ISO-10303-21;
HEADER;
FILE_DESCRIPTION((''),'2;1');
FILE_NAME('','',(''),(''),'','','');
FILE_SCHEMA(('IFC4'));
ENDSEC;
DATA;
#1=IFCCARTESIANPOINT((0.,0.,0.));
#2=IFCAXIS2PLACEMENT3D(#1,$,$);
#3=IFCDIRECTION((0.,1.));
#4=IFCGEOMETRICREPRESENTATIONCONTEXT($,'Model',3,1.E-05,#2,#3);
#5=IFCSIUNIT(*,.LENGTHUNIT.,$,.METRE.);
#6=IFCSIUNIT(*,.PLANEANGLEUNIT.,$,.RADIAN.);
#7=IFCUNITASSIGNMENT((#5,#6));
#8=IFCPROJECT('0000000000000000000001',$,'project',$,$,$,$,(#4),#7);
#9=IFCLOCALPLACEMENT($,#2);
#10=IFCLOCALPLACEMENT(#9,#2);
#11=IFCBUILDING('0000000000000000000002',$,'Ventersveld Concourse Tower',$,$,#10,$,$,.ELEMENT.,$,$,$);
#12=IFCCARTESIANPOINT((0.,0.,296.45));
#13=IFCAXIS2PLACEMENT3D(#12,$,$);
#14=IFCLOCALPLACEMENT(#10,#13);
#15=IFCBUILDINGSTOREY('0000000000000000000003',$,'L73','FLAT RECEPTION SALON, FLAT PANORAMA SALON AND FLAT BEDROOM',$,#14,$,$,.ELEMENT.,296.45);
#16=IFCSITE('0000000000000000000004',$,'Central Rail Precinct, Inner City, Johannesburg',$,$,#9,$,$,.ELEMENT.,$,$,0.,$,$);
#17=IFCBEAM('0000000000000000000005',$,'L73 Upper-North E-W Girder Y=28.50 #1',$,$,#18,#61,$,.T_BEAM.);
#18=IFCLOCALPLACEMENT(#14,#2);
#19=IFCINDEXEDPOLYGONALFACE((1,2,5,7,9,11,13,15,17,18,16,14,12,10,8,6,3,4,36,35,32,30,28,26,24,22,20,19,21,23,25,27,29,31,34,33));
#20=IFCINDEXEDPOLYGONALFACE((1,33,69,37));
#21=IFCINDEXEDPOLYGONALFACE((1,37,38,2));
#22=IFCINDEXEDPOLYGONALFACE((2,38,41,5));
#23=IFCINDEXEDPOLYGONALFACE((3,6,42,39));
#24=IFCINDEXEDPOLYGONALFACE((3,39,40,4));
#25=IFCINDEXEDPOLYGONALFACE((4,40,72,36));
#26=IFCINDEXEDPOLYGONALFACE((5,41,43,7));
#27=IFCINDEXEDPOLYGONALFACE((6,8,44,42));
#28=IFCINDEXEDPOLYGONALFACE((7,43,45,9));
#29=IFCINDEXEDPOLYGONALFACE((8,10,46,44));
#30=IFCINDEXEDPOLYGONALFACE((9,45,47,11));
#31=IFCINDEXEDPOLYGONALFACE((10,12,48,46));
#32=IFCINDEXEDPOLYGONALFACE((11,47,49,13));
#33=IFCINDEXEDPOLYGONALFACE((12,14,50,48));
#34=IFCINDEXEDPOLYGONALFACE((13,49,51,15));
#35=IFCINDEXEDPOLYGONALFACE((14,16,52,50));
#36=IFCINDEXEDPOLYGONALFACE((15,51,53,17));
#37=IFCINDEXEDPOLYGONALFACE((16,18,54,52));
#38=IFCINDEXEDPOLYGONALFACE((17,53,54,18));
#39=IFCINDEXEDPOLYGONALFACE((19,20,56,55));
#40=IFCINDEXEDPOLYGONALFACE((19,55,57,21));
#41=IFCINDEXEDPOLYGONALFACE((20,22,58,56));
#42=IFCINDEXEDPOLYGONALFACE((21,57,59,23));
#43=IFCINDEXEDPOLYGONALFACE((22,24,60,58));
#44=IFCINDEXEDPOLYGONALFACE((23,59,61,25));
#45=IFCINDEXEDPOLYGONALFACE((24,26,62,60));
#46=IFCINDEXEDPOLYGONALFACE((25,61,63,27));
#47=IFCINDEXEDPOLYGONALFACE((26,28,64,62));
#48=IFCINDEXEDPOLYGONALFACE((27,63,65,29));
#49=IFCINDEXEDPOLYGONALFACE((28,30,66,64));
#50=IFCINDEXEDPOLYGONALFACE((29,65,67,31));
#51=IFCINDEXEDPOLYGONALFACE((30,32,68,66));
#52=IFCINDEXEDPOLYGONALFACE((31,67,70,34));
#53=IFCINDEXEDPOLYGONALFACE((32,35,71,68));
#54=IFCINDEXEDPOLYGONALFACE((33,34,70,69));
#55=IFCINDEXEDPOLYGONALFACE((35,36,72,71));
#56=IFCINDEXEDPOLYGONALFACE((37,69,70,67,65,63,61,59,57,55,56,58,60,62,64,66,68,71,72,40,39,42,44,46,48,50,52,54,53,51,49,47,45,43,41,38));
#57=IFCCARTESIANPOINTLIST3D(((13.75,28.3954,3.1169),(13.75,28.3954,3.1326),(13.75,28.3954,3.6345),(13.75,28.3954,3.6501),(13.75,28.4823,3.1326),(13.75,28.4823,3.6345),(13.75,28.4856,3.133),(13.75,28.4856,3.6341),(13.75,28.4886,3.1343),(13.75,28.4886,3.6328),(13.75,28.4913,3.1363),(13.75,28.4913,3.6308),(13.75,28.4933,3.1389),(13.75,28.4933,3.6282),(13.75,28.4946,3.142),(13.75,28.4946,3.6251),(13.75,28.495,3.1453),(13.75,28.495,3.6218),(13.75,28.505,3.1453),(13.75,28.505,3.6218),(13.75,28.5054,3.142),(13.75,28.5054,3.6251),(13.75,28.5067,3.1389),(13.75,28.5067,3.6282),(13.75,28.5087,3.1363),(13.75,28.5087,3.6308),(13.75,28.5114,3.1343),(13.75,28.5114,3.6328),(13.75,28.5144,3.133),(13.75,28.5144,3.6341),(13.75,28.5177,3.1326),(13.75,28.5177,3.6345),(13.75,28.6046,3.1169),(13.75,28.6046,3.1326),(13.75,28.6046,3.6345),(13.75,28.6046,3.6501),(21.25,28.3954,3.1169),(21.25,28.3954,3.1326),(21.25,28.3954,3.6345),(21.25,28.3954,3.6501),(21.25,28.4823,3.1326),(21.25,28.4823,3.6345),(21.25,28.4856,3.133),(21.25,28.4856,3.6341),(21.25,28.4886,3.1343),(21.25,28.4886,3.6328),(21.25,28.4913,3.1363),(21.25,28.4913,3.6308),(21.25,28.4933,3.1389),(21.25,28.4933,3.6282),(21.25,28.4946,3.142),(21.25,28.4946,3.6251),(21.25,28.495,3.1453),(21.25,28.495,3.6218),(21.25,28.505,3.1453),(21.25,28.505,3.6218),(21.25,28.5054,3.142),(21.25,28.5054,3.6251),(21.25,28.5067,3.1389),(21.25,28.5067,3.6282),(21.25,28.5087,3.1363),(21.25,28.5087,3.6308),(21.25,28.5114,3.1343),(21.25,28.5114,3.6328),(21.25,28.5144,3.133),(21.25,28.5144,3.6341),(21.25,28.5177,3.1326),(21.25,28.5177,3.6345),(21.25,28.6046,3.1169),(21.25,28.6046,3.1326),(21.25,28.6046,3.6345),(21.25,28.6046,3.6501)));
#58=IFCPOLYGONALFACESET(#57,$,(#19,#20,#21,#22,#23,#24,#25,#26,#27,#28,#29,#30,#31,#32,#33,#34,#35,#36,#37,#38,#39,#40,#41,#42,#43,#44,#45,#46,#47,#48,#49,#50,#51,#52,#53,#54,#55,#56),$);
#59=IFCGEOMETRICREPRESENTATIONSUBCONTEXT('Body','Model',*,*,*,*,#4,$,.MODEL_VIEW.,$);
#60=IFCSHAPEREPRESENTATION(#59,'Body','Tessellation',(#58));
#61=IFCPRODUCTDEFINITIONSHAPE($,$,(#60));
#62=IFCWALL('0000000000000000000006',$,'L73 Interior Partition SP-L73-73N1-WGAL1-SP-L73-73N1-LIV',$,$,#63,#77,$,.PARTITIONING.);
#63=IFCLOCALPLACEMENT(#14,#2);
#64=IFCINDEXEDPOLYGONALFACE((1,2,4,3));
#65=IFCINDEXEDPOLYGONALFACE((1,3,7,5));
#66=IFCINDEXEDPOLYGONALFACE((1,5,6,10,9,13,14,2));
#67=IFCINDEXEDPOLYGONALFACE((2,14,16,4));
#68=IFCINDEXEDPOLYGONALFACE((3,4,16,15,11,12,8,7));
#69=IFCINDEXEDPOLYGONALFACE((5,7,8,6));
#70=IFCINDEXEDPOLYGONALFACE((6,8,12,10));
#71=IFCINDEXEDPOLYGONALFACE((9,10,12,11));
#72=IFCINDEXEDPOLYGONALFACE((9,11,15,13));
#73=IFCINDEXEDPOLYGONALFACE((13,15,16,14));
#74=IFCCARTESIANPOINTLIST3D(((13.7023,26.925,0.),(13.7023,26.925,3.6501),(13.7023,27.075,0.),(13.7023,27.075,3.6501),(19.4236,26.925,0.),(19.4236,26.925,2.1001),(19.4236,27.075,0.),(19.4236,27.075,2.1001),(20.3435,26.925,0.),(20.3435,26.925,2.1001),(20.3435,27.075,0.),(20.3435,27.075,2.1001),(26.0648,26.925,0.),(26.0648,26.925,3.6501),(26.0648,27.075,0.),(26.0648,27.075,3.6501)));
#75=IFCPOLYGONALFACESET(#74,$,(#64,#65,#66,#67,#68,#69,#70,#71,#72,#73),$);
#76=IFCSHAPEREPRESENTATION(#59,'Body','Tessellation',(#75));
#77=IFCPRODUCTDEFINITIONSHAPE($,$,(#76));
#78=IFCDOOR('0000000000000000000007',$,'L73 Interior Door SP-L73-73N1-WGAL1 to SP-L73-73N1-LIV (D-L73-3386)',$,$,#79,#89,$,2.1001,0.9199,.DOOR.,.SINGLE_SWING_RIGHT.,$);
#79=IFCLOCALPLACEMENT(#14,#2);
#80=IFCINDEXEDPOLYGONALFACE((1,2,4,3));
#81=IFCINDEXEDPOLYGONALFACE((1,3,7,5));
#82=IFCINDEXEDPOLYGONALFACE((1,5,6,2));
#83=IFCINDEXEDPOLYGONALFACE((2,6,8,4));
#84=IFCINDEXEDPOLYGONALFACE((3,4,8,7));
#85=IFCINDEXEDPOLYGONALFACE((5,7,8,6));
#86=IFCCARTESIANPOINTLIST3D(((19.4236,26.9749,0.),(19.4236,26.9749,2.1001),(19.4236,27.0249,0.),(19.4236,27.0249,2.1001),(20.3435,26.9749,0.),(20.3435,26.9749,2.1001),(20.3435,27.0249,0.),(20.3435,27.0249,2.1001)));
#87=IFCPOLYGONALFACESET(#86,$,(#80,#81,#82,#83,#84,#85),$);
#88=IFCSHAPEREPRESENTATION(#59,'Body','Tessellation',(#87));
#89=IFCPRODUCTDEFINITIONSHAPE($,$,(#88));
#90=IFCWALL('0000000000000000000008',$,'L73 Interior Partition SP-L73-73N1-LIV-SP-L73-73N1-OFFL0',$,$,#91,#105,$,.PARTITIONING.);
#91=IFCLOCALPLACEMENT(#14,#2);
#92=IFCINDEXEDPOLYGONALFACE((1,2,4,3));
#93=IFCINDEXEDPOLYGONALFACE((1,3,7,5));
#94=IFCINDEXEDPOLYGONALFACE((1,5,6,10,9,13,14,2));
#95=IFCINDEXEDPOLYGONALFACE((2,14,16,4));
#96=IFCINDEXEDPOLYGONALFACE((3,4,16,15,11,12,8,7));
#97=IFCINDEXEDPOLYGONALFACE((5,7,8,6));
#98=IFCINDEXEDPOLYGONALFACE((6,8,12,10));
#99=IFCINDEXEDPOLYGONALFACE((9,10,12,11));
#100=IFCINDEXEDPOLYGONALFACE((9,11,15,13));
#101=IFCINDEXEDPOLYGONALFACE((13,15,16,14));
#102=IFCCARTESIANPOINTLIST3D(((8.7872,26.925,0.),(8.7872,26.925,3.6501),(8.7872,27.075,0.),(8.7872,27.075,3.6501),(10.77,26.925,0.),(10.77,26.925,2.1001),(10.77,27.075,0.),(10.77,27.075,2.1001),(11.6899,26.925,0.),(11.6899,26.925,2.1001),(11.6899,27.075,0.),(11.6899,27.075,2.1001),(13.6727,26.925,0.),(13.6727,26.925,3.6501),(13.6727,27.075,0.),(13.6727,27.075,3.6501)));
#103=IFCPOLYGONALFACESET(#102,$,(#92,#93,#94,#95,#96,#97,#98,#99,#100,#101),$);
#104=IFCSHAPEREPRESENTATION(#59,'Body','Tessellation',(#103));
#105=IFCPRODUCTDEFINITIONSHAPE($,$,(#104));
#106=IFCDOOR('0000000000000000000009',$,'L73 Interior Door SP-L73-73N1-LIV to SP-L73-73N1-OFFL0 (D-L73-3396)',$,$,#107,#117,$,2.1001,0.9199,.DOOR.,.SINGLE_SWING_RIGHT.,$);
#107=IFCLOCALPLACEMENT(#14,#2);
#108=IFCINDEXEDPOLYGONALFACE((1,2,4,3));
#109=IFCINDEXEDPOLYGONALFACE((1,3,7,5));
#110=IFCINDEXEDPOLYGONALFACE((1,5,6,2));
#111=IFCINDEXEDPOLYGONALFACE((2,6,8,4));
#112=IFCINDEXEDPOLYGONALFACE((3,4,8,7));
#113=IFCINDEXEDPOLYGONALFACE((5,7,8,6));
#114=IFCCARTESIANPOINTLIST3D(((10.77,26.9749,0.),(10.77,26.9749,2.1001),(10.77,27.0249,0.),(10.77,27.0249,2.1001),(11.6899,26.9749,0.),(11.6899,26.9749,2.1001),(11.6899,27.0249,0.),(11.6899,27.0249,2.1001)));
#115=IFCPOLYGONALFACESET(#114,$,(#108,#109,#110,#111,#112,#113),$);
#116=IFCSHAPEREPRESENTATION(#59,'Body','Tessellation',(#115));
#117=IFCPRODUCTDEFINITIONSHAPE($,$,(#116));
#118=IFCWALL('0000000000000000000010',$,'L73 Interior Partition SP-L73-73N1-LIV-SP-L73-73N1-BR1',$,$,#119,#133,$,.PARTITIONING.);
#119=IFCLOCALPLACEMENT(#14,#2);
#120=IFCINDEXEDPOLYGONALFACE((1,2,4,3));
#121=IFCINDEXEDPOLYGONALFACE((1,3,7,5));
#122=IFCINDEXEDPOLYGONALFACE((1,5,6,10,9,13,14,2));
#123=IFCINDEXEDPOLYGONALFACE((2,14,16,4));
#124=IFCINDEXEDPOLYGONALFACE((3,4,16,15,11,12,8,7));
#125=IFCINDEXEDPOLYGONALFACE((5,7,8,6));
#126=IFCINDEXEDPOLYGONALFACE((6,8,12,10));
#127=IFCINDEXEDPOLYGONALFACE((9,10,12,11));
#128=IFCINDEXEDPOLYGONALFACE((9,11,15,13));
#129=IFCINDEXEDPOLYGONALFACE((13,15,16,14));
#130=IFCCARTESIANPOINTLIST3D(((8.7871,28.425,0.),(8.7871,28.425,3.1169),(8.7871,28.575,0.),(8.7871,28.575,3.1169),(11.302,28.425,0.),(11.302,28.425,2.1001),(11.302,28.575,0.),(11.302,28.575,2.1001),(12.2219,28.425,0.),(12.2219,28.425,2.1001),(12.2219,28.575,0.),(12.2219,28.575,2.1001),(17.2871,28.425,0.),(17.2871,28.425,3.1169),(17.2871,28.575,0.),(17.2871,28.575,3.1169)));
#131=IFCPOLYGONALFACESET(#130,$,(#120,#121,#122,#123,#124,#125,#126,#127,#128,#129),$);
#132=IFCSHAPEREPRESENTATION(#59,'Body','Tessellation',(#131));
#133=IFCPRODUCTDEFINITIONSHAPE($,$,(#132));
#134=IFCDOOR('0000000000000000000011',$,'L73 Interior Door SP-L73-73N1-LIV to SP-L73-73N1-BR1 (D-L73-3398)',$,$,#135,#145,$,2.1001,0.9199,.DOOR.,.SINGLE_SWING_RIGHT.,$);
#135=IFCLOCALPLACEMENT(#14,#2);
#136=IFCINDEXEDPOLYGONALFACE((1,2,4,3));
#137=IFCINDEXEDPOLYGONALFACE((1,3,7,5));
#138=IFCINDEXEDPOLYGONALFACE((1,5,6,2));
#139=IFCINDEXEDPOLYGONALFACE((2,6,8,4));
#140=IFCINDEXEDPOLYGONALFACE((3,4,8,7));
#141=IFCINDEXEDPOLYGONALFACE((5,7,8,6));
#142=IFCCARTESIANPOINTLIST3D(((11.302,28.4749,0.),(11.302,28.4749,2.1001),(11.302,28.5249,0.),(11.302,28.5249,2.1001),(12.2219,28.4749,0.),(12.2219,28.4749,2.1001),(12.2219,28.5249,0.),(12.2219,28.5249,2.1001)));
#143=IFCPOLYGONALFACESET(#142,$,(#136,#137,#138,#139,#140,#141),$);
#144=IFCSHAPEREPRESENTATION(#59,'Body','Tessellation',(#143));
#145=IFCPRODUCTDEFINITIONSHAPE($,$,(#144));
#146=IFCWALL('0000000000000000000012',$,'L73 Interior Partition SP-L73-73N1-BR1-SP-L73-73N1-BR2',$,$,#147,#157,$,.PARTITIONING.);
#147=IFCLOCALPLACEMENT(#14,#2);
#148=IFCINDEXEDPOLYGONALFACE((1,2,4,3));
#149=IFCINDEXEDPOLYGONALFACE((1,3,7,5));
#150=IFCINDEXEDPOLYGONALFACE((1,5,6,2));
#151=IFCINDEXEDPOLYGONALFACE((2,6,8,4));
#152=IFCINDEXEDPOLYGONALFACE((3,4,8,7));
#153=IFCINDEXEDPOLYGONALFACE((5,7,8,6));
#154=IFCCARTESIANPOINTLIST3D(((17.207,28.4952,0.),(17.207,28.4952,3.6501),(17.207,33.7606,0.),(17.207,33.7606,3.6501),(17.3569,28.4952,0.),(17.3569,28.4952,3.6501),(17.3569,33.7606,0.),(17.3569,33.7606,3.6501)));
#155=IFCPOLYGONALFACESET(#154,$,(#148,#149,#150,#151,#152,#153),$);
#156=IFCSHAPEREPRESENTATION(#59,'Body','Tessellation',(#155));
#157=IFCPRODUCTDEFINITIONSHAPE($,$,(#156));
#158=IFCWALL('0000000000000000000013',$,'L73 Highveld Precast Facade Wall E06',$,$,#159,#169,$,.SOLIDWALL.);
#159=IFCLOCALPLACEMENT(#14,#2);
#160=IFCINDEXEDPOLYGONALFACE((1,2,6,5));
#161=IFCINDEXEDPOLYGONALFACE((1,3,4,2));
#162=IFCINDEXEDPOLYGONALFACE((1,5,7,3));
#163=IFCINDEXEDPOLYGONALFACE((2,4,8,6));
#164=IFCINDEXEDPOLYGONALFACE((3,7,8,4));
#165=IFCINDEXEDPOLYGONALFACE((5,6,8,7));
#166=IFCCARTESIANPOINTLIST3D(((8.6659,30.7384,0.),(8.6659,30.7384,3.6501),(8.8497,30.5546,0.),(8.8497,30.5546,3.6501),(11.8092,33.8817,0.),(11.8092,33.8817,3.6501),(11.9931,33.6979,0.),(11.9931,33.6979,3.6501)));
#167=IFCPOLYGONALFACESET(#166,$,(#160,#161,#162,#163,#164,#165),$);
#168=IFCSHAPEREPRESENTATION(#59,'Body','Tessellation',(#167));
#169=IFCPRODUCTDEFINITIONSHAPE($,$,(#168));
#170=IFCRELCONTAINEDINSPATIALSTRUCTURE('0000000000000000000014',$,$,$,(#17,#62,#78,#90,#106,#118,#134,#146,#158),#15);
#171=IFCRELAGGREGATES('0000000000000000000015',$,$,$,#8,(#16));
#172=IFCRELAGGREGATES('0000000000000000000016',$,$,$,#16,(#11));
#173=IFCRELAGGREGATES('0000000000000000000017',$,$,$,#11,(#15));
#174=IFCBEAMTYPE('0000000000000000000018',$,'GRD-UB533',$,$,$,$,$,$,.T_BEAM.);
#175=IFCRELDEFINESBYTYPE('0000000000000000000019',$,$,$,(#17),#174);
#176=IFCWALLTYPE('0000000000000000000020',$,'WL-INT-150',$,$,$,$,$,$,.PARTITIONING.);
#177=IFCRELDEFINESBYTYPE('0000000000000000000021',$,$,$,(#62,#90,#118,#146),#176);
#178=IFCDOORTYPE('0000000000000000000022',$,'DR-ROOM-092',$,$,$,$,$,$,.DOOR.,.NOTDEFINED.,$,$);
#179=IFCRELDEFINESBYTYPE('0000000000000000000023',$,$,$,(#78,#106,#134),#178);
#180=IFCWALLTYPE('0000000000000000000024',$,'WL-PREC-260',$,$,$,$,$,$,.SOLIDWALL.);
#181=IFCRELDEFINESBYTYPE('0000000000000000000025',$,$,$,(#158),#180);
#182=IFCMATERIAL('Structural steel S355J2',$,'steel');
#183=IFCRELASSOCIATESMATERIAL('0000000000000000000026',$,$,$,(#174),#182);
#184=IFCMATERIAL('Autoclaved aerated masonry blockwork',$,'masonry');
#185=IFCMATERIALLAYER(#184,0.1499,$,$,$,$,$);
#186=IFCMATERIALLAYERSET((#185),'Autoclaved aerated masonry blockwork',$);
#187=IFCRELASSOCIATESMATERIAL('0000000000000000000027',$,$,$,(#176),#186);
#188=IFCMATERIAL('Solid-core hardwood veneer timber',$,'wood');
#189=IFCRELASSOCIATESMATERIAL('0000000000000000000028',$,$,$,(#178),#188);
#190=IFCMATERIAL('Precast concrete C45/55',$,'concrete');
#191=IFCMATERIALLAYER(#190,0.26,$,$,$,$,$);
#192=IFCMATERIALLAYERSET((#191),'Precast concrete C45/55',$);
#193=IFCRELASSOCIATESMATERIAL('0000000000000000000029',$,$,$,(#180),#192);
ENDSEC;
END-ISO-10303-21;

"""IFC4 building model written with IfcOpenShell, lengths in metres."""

from ifc_helpers import new_model, si_unit, direction, frame, frame_2d, origin, origin_2d, place, context, subcontext, project, spatial, rectangle, i_section, extrude, material, layer, layer_set, material_profile, profile_set, type_object, element, fill, save


model = new_model("IFC4")

# Units and contexts
model_context = context("Model", 3, precision=1e-05, world=origin(), true_north=direction((0.0, 1.0)))
body_context = subcontext(model_context, "Body", "Model", "MODEL_VIEW")
ifc_project = project(units=[si_unit("LENGTHUNIT", "METRE"), si_unit("PLANEANGLEUNIT", "RADIAN")], contexts=[model_context])

# Site, building, storey
site_placement = place(None, origin())
site = spatial("IfcSite", under=ifc_project, at=site_placement, Name="Central Rail Precinct, Inner City, Johannesburg", CompositionType="ELEMENT", RefElevation=0.0)
building_placement = place(site_placement, origin())
building = spatial("IfcBuilding", under=site, at=building_placement, Name="Ventersveld Concourse Tower", CompositionType="ELEMENT")
storey_placement = place(building_placement, frame((0.0, 0.0, 296.45)))
storey = spatial("IfcBuildingStorey", under=building, at=storey_placement, Name="L73", Description="FLAT RECEPTION SALON, FLAT PANORAMA SALON AND FLAT BEDROOM", CompositionType="ELEMENT", Elevation=296.45)

# Beam
ifc_material_1 = material(Name="Structural steel S355J2", Category="steel")
ifc_material_profile_1 = material_profile(ifc_material_1, i_section(OverallWidth=0.2092, OverallDepth=0.5332, WebThickness=0.01, FlangeThickness=0.0156, FilletRadius=0.0127, at=origin_2d()), Name="UB 533x210x92")
ifc_profile_set_1 = profile_set([ifc_material_profile_1], Name="Structural steel S355J2")
beam_type_1 = type_object("IfcBeamType", Name="GRD-UB533", PredefinedType="T_BEAM", material=ifc_profile_set_1)
for number, where, z_axis, x_axis, name in (
    (1, (13.75, 28.5, 3.3835), (1.0, 0.0, 0.0), (0.0, 1.0, 0.0), "L73 Upper-North E-W Girder Y=28.50 #1"),
):
    element("IfcBeam", number, at=place(storey_placement, frame(where, z_axis=z_axis, x_axis=x_axis)), inside=storey, type_object=beam_type_1, Name=name, PredefinedType="T_BEAM", context=body_context, shape_type="SweptSolid", body=[
        extrude(i_section(OverallWidth=0.2092, OverallDepth=0.5332, WebThickness=0.01, FlangeThickness=0.0156, FilletRadius=0.0127, at=origin_2d()), origin(), (0.0, 0.0, 1.0), 7.5),
    ])

# Walls, openings, doors
ifc_material_2 = material(Name="Autoclaved aerated masonry blockwork", Category="masonry")
ifc_layer_1 = layer(ifc_material_2, 0.1499)
ifc_layer_set_1 = layer_set([ifc_layer_1], Name="Autoclaved aerated masonry blockwork")
wall_type_1 = type_object("IfcWallType", Name="WL-INT-150", PredefinedType="PARTITIONING", material=ifc_layer_set_1)
wall_1_placement = place(storey_placement, frame((13.7024, 27.0, 0.0), z_axis=(0.0, 0.0, 1.0), x_axis=(1.0, 0.0, 0.0)))
wall_1 = element("IfcWall", 2, at=wall_1_placement, inside=storey, type_object=wall_type_1, Name="L73 Interior Partition SP-L73-73N1-WGAL1-SP-L73-73N1-LIV", PredefinedType="PARTITIONING", context=body_context, shape_type="SweptSolid", body=[
    extrude(rectangle(XDim=12.3625, YDim=0.1499, at=frame_2d((6.1812, 0.0))), origin(), (0.0, 0.0, 1.0), 3.6501),
])
opening_1_placement = place(wall_1_placement, frame((5.7212, 0.0, 0.0)))
opening_1 = element("IfcOpeningElement", 3, at=opening_1_placement, cuts=wall_1, PredefinedType="OPENING", context=body_context, shape_type="SweptSolid", body=[
    extrude(rectangle(XDim=0.9199, YDim=2.1001, at=frame_2d((0.46, 1.05))), frame((0.0, 0.085, 0.0), z_axis=(0.0, -1.0, 0.0), x_axis=(1.0, 0.0, 0.0)), (0.0, 0.0, 1.0), 0.1699),
])
ifc_material_3 = material(Name="Solid-core hardwood veneer timber", Category="wood")
door_type = type_object("IfcDoorType", Name="DR-ROOM-092", OperationType="NOTDEFINED", PredefinedType="DOOR", material=ifc_material_3)
door_1_placement = place(opening_1_placement, origin())
door_1 = element("IfcDoor", 4, at=door_1_placement, inside=storey, type_object=door_type, Name="L73 Interior Door SP-L73-73N1-WGAL1 to SP-L73-73N1-LIV (D-L73-3386)", OperationType="SINGLE_SWING_RIGHT", OverallHeight=2.1001, OverallWidth=0.9199, PredefinedType="DOOR", context=body_context, shape_type="SweptSolid", body=[
    extrude(rectangle(XDim=0.9199, YDim=2.1001, at=frame_2d((0.46, 1.05))), frame((0.0, 0.0249, 0.0), z_axis=(0.0, -1.0, 0.0), x_axis=(1.0, 0.0, 0.0)), (0.0, 0.0, 1.0), 0.05),
])
fill(opening_1, door_1)
wall_2_placement = place(storey_placement, frame((8.7871, 27.0, 0.0), z_axis=(0.0, 0.0, 1.0), x_axis=(1.0, 0.0, 0.0)))
wall_2 = element("IfcWall", 5, at=wall_2_placement, inside=storey, type_object=wall_type_1, Name="L73 Interior Partition SP-L73-73N1-LIV-SP-L73-73N1-OFFL0", PredefinedType="PARTITIONING", context=body_context, shape_type="SweptSolid", body=[
    extrude(rectangle(XDim=4.8855, YDim=0.1499, at=frame_2d((2.4429, 0.0))), origin(), (0.0, 0.0, 1.0), 3.6501),
])
opening_2_placement = place(wall_2_placement, frame((1.9829, 0.0, 0.0)))
opening_2 = element("IfcOpeningElement", 6, at=opening_2_placement, cuts=wall_2, PredefinedType="OPENING", context=body_context, shape_type="SweptSolid", body=[
    extrude(rectangle(XDim=0.9199, YDim=2.1001, at=frame_2d((0.46, 1.05))), frame((0.0, 0.085, 0.0), z_axis=(0.0, -1.0, 0.0), x_axis=(1.0, 0.0, 0.0)), (0.0, 0.0, 1.0), 0.1699),
])
door_2_placement = place(opening_2_placement, origin())
door_2 = element("IfcDoor", 7, at=door_2_placement, inside=storey, type_object=door_type, Name="L73 Interior Door SP-L73-73N1-LIV to SP-L73-73N1-OFFL0 (D-L73-3396)", OperationType="SINGLE_SWING_RIGHT", OverallHeight=2.1001, OverallWidth=0.9199, PredefinedType="DOOR", context=body_context, shape_type="SweptSolid", body=[
    extrude(rectangle(XDim=0.9199, YDim=2.1001, at=frame_2d((0.46, 1.05))), frame((0.0, 0.0249, 0.0), z_axis=(0.0, -1.0, 0.0), x_axis=(1.0, 0.0, 0.0)), (0.0, 0.0, 1.0), 0.05),
])
fill(opening_2, door_2)
wall_3_placement = place(storey_placement, frame((8.7871, 28.5, 0.0), z_axis=(0.0, 0.0, 1.0), x_axis=(1.0, 0.0, 0.0)))
wall_3 = element("IfcWall", 8, at=wall_3_placement, inside=storey, type_object=wall_type_1, Name="L73 Interior Partition SP-L73-73N1-LIV-SP-L73-73N1-BR1", PredefinedType="PARTITIONING", context=body_context, shape_type="SweptSolid", body=[
    extrude(rectangle(XDim=8.5, YDim=0.1499, at=frame_2d((4.25, 0.0))), origin(), (0.0, 0.0, 1.0), 3.1169),
])
opening_3_placement = place(wall_3_placement, frame((2.5149, 0.0, 0.0)))
opening_3 = element("IfcOpeningElement", 9, at=opening_3_placement, cuts=wall_3, PredefinedType="OPENING", context=body_context, shape_type="SweptSolid", body=[
    extrude(rectangle(XDim=0.9199, YDim=2.1001, at=frame_2d((0.46, 1.05))), frame((0.0, 0.085, 0.0), z_axis=(0.0, -1.0, 0.0), x_axis=(1.0, 0.0, 0.0)), (0.0, 0.0, 1.0), 0.1699),
])
door_3_placement = place(opening_3_placement, origin())
door_3 = element("IfcDoor", 10, at=door_3_placement, inside=storey, type_object=door_type, Name="L73 Interior Door SP-L73-73N1-LIV to SP-L73-73N1-BR1 (D-L73-3398)", OperationType="SINGLE_SWING_RIGHT", OverallHeight=2.1001, OverallWidth=0.9199, PredefinedType="DOOR", context=body_context, shape_type="SweptSolid", body=[
    extrude(rectangle(XDim=0.9199, YDim=2.1001, at=frame_2d((0.46, 1.05))), frame((0.0, 0.0249, 0.0), z_axis=(0.0, -1.0, 0.0), x_axis=(1.0, 0.0, 0.0)), (0.0, 0.0, 1.0), 0.05),
])
fill(opening_3, door_3)

# Walls
wall_4_placement = place(storey_placement, frame((17.282, 28.4951, 0.0), z_axis=(0.0, 0.0, 1.0), x_axis=(0.0, 1.0, 0.0)))
element("IfcWall", 11, at=wall_4_placement, inside=storey, type_object=wall_type_1, Name="L73 Interior Partition SP-L73-73N1-BR1-SP-L73-73N1-BR2", PredefinedType="PARTITIONING", context=body_context, shape_type="SweptSolid", body=[
    extrude(rectangle(XDim=5.2654, YDim=0.1499, at=frame_2d((2.6328, 0.0))), origin(), (0.0, 0.0, 1.0), 3.6501),
])
ifc_material_4 = material(Name="Precast concrete C45/55", Category="concrete")
ifc_layer_2 = layer(ifc_material_4, 0.26)
ifc_layer_set_2 = layer_set([ifc_layer_2], Name="Precast concrete C45/55")
wall_type_2 = type_object("IfcWallType", Name="WL-PREC-260", PredefinedType="SOLIDWALL", material=ifc_layer_set_2)
wall_5_placement = place(storey_placement, frame((11.9011, 33.7898, 0.0), z_axis=(0.0, 0.0, 1.0), x_axis=(-0.707107, -0.707107, 0.0)))
element("IfcWall", 12, at=wall_5_placement, inside=storey, type_object=wall_type_2, Name="L73 Highveld Precast Facade Wall E06", PredefinedType="SOLIDWALL", context=body_context, shape_type="SweptSolid", body=[
    extrude(rectangle(XDim=4.4453, YDim=0.26, at=frame_2d((2.2227, 0.0))), origin(), (0.0, 0.0, 1.0), 3.6501),
])

save(model, "model.ifc")
